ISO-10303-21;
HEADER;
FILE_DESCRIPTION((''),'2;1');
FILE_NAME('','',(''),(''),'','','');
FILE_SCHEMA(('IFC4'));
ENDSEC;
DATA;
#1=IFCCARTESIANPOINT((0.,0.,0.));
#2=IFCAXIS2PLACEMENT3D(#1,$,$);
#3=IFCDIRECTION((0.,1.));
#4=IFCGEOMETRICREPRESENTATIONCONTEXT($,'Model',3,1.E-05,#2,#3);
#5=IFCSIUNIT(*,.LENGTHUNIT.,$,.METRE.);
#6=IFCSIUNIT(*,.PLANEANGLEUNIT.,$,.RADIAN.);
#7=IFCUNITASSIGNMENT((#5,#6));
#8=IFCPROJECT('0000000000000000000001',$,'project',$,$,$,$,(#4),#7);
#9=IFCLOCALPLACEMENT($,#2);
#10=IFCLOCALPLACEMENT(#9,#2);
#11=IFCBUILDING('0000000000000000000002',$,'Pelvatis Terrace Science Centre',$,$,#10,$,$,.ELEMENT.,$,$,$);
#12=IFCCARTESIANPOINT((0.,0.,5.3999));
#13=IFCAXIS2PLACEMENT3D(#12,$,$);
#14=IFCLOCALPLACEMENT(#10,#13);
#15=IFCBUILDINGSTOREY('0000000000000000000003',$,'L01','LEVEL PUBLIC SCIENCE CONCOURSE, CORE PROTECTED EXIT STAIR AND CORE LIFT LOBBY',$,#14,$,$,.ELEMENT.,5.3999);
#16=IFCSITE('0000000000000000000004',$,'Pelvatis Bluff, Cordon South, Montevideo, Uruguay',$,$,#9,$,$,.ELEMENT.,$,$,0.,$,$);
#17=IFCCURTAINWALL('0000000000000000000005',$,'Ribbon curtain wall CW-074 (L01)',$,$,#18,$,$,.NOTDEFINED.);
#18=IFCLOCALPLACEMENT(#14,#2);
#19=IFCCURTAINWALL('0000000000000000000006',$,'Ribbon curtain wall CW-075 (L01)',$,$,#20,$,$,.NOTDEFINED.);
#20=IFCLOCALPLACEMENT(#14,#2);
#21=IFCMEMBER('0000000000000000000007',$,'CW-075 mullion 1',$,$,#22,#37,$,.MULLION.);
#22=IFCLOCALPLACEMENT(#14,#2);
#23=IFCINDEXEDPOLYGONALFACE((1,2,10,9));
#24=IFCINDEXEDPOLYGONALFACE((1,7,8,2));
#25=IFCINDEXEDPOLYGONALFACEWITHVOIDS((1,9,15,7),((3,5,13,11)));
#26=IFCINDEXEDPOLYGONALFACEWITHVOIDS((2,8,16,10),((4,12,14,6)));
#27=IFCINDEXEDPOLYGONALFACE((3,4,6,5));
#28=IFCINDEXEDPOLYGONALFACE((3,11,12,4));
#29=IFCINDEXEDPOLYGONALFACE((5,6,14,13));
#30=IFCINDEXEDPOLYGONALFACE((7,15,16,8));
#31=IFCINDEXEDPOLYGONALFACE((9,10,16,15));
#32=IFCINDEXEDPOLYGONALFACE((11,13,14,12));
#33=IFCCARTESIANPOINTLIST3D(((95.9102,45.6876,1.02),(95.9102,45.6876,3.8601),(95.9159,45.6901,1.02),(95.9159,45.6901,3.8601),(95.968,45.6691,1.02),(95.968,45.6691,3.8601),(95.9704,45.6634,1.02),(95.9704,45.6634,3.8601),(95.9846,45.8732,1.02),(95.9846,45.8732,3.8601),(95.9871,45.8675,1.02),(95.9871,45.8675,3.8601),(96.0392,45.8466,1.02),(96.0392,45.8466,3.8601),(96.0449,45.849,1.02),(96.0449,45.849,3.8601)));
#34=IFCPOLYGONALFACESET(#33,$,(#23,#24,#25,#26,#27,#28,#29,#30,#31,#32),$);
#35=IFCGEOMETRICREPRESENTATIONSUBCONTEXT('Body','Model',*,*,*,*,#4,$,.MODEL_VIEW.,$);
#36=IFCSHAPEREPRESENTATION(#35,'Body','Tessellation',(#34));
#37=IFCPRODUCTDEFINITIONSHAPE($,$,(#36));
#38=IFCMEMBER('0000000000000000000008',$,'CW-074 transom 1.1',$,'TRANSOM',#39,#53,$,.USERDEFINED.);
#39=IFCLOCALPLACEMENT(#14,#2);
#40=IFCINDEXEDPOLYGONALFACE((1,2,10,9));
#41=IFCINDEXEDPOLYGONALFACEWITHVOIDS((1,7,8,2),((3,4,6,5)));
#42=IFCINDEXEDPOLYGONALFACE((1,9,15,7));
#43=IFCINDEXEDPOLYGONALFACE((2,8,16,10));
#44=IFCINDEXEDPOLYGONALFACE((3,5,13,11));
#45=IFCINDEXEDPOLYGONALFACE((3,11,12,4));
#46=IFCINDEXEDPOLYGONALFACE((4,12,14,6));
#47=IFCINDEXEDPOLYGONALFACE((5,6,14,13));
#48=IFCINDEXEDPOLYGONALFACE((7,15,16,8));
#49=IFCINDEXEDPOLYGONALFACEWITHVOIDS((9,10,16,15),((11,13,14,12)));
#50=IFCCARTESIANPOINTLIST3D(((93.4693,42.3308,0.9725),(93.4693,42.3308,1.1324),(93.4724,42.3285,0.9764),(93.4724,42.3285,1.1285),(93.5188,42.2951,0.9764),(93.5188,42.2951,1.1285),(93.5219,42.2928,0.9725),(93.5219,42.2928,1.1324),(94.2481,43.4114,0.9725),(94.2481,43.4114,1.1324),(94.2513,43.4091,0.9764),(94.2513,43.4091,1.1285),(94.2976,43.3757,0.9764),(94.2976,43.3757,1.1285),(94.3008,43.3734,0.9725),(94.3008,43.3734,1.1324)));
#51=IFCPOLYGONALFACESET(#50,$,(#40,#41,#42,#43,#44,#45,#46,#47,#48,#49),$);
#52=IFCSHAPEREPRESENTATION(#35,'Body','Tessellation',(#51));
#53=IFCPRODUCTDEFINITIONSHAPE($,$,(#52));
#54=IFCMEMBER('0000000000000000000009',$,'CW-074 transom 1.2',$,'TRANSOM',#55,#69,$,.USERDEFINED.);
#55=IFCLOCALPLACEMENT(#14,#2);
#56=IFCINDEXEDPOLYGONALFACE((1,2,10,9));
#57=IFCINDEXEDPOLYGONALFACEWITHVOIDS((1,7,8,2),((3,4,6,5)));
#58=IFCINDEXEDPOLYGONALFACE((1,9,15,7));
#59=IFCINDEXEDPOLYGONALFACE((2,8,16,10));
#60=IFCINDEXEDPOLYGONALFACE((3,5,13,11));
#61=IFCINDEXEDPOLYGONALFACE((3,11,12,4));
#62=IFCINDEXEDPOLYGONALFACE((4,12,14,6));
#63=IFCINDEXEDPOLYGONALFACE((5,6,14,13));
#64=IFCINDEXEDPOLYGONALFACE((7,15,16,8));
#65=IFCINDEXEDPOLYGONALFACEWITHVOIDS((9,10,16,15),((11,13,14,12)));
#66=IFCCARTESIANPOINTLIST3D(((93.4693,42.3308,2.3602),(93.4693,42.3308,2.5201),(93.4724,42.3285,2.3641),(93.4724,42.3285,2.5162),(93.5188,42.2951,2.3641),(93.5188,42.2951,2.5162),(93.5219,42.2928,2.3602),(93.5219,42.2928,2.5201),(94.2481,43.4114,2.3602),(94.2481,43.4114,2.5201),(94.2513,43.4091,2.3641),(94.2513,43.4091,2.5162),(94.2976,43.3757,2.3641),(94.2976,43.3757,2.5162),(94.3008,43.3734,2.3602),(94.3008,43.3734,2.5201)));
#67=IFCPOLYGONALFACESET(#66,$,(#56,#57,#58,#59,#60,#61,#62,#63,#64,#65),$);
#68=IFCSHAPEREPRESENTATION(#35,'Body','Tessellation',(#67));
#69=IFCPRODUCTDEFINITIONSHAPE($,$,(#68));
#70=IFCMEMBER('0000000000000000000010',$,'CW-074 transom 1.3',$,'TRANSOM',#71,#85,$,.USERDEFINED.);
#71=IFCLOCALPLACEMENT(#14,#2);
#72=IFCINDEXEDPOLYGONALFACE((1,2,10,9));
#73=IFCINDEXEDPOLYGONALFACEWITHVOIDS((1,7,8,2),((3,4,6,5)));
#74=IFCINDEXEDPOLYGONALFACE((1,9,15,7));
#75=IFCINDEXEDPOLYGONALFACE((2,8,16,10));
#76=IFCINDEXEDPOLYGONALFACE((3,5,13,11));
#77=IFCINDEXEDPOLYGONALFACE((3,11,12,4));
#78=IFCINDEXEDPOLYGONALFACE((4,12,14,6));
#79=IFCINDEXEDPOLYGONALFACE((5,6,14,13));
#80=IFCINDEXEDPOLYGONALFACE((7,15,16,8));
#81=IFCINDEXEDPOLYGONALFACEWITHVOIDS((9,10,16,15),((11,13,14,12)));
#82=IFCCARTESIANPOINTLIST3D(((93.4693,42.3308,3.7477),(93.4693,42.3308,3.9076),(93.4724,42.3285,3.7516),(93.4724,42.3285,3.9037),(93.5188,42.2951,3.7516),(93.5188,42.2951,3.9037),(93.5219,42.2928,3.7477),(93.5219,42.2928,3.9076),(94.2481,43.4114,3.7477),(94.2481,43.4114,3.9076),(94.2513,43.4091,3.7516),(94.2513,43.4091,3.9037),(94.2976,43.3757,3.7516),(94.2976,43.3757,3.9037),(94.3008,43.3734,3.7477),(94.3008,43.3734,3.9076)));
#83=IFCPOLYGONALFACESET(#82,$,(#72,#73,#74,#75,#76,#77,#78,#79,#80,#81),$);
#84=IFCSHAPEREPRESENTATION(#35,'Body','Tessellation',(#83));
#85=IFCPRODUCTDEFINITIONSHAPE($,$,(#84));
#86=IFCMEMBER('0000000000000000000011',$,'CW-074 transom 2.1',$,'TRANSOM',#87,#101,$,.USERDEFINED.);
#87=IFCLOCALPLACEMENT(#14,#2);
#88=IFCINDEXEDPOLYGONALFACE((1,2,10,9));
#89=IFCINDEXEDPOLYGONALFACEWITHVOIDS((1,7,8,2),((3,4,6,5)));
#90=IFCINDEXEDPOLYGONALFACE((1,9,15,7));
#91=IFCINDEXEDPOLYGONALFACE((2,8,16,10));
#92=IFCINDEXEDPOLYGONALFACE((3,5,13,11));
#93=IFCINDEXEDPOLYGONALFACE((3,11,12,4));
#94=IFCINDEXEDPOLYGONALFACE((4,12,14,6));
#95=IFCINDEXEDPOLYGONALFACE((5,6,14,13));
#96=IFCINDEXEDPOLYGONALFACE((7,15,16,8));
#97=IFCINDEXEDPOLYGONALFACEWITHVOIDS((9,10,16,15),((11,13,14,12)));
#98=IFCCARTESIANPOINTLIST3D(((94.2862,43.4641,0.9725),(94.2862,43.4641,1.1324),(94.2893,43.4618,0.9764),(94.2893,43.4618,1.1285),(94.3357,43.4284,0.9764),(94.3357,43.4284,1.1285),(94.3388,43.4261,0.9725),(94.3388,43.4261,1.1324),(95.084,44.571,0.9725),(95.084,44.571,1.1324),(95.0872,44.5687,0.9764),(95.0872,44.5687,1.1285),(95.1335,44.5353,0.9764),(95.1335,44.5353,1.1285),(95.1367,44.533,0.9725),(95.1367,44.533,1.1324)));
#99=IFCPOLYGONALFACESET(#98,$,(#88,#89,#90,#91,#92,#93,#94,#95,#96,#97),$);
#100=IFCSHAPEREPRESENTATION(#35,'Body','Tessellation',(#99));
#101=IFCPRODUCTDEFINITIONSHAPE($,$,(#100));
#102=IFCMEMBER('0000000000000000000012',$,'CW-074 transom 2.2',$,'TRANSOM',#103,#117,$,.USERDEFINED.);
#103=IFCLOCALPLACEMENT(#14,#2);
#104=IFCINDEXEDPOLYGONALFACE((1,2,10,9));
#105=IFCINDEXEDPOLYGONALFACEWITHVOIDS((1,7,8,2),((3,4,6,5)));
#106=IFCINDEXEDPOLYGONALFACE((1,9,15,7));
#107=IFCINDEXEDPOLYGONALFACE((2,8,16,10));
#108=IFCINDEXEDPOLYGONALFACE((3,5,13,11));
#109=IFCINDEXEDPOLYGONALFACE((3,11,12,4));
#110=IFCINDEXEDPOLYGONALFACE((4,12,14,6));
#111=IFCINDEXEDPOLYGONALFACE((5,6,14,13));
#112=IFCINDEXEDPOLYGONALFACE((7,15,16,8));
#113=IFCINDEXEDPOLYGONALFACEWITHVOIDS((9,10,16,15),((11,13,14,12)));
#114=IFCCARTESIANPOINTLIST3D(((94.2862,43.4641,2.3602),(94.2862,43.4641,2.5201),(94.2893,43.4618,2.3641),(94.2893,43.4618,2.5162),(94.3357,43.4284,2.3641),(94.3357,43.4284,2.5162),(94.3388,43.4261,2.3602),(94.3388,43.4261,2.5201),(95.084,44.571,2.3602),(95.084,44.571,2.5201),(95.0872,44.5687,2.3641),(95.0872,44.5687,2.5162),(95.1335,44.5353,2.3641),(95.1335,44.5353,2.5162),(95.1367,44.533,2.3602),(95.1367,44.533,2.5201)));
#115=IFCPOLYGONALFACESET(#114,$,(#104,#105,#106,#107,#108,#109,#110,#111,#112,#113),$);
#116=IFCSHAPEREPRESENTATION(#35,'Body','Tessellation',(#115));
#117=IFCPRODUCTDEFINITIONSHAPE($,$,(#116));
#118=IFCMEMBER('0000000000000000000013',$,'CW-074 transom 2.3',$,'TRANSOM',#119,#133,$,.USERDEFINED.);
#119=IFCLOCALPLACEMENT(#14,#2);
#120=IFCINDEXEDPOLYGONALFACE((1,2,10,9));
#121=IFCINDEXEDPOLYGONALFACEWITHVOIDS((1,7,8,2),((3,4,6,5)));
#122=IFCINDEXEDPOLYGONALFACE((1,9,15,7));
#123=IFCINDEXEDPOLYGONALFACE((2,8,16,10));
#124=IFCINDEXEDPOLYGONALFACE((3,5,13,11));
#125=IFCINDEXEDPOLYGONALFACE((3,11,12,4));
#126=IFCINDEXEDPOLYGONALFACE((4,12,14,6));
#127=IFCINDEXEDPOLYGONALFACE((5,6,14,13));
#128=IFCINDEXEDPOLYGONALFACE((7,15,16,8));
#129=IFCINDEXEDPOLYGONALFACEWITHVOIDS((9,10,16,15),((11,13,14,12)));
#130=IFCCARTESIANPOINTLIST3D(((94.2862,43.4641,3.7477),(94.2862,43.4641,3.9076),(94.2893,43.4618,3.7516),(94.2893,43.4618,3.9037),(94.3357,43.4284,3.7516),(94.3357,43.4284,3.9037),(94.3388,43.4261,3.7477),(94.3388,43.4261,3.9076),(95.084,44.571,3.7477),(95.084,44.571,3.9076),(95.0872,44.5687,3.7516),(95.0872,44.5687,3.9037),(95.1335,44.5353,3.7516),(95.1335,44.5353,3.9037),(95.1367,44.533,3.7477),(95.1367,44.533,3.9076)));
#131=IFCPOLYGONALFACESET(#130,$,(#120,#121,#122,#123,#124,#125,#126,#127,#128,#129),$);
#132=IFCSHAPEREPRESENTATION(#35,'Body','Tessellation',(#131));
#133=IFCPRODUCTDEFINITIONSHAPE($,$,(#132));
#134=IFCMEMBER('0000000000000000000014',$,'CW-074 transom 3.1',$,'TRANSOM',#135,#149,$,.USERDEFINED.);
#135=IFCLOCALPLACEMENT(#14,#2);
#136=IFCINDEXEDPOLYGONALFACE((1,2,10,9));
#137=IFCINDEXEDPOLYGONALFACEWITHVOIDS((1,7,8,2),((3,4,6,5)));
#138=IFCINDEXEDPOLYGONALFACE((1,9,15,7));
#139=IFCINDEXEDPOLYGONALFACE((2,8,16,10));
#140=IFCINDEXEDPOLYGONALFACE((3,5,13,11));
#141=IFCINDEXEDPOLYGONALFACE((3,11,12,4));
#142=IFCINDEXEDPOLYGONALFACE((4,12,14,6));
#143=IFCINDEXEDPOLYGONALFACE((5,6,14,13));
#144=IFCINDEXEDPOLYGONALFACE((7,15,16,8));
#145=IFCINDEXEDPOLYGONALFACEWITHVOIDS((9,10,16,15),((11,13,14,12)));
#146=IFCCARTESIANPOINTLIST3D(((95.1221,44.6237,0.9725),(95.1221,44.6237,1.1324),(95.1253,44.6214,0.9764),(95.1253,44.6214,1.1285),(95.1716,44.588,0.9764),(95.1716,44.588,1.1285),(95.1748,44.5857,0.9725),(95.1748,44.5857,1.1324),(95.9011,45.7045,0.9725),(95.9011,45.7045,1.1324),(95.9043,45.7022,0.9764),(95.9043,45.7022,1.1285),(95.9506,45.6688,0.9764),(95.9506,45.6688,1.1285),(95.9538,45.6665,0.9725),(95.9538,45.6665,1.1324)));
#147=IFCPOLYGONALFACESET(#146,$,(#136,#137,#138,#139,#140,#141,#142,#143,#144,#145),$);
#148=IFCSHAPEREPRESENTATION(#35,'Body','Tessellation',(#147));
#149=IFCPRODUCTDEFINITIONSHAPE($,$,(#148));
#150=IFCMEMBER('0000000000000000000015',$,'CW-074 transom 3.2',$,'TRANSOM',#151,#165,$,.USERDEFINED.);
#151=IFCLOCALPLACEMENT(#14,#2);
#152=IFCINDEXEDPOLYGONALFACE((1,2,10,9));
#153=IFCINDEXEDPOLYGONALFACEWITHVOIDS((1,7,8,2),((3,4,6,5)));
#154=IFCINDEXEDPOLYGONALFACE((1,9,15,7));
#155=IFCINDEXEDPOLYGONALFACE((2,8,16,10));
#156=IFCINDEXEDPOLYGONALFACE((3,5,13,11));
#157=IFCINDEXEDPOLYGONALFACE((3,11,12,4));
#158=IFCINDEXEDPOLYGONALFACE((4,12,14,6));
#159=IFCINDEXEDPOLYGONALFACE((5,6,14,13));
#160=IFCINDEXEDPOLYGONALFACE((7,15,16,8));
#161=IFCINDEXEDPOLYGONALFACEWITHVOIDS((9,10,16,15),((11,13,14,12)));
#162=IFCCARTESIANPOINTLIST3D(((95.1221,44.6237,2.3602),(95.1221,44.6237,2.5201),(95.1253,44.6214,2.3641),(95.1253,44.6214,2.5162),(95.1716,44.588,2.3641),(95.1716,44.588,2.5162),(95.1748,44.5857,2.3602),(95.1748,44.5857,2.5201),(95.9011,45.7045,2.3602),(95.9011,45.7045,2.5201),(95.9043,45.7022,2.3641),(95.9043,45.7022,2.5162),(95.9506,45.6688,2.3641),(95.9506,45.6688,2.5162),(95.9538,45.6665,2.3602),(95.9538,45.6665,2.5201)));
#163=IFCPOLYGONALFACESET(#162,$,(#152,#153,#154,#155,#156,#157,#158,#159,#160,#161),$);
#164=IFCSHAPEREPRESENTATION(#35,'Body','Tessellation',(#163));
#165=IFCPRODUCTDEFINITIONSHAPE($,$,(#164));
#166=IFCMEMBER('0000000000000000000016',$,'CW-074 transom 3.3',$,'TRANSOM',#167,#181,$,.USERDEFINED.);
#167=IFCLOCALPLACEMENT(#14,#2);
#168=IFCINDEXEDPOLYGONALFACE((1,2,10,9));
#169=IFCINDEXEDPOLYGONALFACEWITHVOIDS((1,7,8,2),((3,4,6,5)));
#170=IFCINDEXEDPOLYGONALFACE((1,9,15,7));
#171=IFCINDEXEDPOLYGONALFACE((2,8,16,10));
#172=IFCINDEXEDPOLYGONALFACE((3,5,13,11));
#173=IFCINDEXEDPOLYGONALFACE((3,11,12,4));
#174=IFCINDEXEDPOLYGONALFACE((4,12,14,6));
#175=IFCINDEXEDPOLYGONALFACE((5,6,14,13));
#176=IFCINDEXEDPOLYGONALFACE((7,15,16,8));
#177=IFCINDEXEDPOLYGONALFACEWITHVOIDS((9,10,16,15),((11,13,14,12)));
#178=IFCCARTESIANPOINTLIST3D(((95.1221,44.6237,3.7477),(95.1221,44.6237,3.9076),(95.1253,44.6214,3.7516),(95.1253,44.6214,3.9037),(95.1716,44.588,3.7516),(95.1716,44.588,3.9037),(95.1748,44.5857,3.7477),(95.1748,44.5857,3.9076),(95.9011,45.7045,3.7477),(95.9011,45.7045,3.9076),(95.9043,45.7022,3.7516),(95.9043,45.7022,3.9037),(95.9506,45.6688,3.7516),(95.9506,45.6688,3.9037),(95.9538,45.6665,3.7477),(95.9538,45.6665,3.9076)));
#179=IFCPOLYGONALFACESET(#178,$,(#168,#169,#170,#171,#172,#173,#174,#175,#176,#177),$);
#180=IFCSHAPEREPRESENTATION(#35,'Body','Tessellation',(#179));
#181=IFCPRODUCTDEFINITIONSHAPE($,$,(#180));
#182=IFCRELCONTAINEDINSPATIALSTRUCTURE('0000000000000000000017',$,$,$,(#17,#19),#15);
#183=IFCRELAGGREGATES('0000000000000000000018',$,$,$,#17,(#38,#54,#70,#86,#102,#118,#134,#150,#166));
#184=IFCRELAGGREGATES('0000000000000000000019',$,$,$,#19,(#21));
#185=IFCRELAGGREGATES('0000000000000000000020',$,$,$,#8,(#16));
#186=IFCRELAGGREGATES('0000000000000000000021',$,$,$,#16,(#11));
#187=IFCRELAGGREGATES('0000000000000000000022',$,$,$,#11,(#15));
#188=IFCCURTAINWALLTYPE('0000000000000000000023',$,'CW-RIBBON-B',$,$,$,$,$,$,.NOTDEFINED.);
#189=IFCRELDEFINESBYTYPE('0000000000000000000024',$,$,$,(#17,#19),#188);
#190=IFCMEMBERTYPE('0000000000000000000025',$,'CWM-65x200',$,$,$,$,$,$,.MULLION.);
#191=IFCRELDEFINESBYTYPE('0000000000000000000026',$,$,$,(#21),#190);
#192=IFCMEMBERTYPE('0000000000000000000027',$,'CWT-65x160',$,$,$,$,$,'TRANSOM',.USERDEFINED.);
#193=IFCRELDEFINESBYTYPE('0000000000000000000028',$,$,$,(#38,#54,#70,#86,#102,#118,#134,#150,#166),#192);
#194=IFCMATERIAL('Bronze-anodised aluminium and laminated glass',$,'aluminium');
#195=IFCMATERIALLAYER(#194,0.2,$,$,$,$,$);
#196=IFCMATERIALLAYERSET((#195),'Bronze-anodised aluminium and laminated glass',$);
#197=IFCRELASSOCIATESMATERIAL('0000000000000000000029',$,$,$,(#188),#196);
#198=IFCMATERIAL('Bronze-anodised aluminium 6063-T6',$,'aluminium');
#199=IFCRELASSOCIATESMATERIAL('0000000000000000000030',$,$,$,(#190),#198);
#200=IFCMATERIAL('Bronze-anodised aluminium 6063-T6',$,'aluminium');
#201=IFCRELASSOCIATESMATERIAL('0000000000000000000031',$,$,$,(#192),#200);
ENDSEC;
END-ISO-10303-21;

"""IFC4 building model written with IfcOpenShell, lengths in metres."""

from ifc_helpers import new_model, si_unit, direction, frame, origin, origin_2d, place, context, subcontext, project, spatial, hollow_rectangle, extrude, material, layer, layer_set, material_profile, profile_set, type_object, element, aggregate, save


model = new_model("IFC4")

# Units and contexts
model_context = context("Model", 3, precision=1e-05, world=origin(), true_north=direction((0.0, 1.0)))
body_context = subcontext(model_context, "Body", "Model", "MODEL_VIEW")
ifc_project = project(units=[si_unit("LENGTHUNIT", "METRE"), si_unit("PLANEANGLEUNIT", "RADIAN")], contexts=[model_context])

# Site, building, storey
site_placement = place(None, origin())
site = spatial("IfcSite", under=ifc_project, at=site_placement, Name="Pelvatis Bluff, Cordon South, Montevideo, Uruguay", CompositionType="ELEMENT", RefElevation=0.0)
building_placement = place(site_placement, origin())
building = spatial("IfcBuilding", under=site, at=building_placement, Name="Pelvatis Terrace Science Centre", CompositionType="ELEMENT")
storey_placement = place(building_placement, frame((0.0, 0.0, 5.3999)))
storey = spatial("IfcBuildingStorey", under=building, at=storey_placement, Name="L01", Description="LEVEL PUBLIC SCIENCE CONCOURSE, CORE PROTECTED EXIT STAIR AND CORE LIFT LOBBY", CompositionType="ELEMENT", Elevation=5.3999)

# Shared definitions
ifc_material_1 = material(Name="Bronze-anodised aluminium and laminated glass", Category="aluminium")
ifc_layer_1 = layer(ifc_material_1, 0.2)
ifc_layer_set_1 = layer_set([ifc_layer_1], Name="Bronze-anodised aluminium and laminated glass")
curtain_wall_type = type_object("IfcCurtainWallType", Name="CW-RIBBON-B", PredefinedType="NOTDEFINED", material=ifc_layer_set_1)
ifc_material_2 = material(Name="Bronze-anodised aluminium 6063-T6", Category="aluminium")
ifc_material_profile_1 = material_profile(ifc_material_2, hollow_rectangle(XDim=0.0649, YDim=0.2, WallThickness=0.0044, at=origin_2d()), Name="ALU-MUL 65x200")
ifc_profile_set_1 = profile_set([ifc_material_profile_1], Name="Bronze-anodised aluminium 6063-T6")
member_type_1 = type_object("IfcMemberType", Name="CWM-65x200", PredefinedType="MULLION", material=ifc_profile_set_1)

# Curtain wall
curtain_wall_1_placement = place(storey_placement, origin())
curtain_wall_1 = element("IfcCurtainWall", 1, at=curtain_wall_1_placement, inside=storey, type_object=curtain_wall_type, Name="Ribbon curtain wall CW-074 (L01)", PredefinedType="NOTDEFINED")

# Curtain wall, member
curtain_wall_2_placement = place(storey_placement, origin())
curtain_wall_2 = element("IfcCurtainWall", 2, at=curtain_wall_2_placement, inside=storey, type_object=curtain_wall_type, Name="Ribbon curtain wall CW-075 (L01)", PredefinedType="NOTDEFINED")
member_1_placement = place(storey_placement, frame((95.9775, 45.7683, 1.02), z_axis=(0.0, 0.0, 1.0), x_axis=(-0.92803, 0.372504, 0.0)))
member_1 = element("IfcMember", 3, at=member_1_placement, type_object=member_type_1, Name="CW-075 mullion 1", PredefinedType="MULLION", context=body_context, shape_type="SweptSolid", body=[
    extrude(hollow_rectangle(XDim=0.0649, YDim=0.2, WallThickness=0.0044, at=origin_2d()), origin(), (0.0, 0.0, 1.0), 2.8401),
])

# Members
ifc_material_3 = material(Name="Bronze-anodised aluminium 6063-T6", Category="aluminium")
ifc_material_profile_2 = material_profile(ifc_material_3, hollow_rectangle(XDim=0.0649, YDim=0.1599, WallThickness=0.0039, at=origin_2d()), Name="ALU-TRN 65x160")
ifc_profile_set_2 = profile_set([ifc_material_profile_2], Name="Bronze-anodised aluminium 6063-T6")
member_type_2 = type_object("IfcMemberType", Name="CWT-65x160", ElementType="TRANSOM", PredefinedType="USERDEFINED", material=ifc_profile_set_2)
member_2_placement = place(storey_placement, frame((93.4956, 42.3118, 1.0525), z_axis=(0.584701, 0.811249, 0.0), x_axis=(-0.811249, 0.584701, 0.0)))
member_2 = element("IfcMember", 4, at=member_2_placement, type_object=member_type_2, Name="CW-074 transom 1.1", ObjectType="TRANSOM", PredefinedType="USERDEFINED", context=body_context, shape_type="SweptSolid", body=[
    extrude(hollow_rectangle(XDim=0.0649, YDim=0.1599, WallThickness=0.0039, at=origin_2d()), origin(), (0.0, 0.0, 1.0), 1.332),
])
member_3_placement = place(storey_placement, frame((93.4956, 42.3118, 2.4402), z_axis=(0.584701, 0.811249, 0.0), x_axis=(-0.811249, 0.584701, 0.0)))
member_3 = element("IfcMember", 5, at=member_3_placement, type_object=member_type_2, Name="CW-074 transom 1.2", ObjectType="TRANSOM", PredefinedType="USERDEFINED", context=body_context, shape_type="SweptSolid", body=[
    extrude(hollow_rectangle(XDim=0.0649, YDim=0.1599, WallThickness=0.0039, at=origin_2d()), origin(), (0.0, 0.0, 1.0), 1.332),
])
member_4_placement = place(storey_placement, frame((93.4956, 42.3118, 3.8276), z_axis=(0.584701, 0.811249, 0.0), x_axis=(-0.811249, 0.584701, 0.0)))
member_4 = element("IfcMember", 6, at=member_4_placement, type_object=member_type_2, Name="CW-074 transom 1.3", ObjectType="TRANSOM", PredefinedType="USERDEFINED", context=body_context, shape_type="SweptSolid", body=[
    extrude(hollow_rectangle(XDim=0.0649, YDim=0.1599, WallThickness=0.0039, at=origin_2d()), origin(), (0.0, 0.0, 1.0), 1.332),
])
member_5_placement = place(storey_placement, frame((94.3125, 43.4451, 1.0525), z_axis=(0.584719, 0.811236, 0.0), x_axis=(-0.811236, 0.584719, 0.0)))
member_5 = element("IfcMember", 7, at=member_5_placement, type_object=member_type_2, Name="CW-074 transom 2.1", ObjectType="TRANSOM", PredefinedType="USERDEFINED", context=body_context, shape_type="SweptSolid", body=[
    extrude(hollow_rectangle(XDim=0.0649, YDim=0.1599, WallThickness=0.0039, at=origin_2d()), origin(), (0.0, 0.0, 1.0), 1.3645),
])
member_6_placement = place(storey_placement, frame((94.3125, 43.4451, 2.4402), z_axis=(0.584719, 0.811236, 0.0), x_axis=(-0.811236, 0.584719, 0.0)))
member_6 = element("IfcMember", 8, at=member_6_placement, type_object=member_type_2, Name="CW-074 transom 2.2", ObjectType="TRANSOM", PredefinedType="USERDEFINED", context=body_context, shape_type="SweptSolid", body=[
    extrude(hollow_rectangle(XDim=0.0649, YDim=0.1599, WallThickness=0.0039, at=origin_2d()), origin(), (0.0, 0.0, 1.0), 1.3645),
])
member_7_placement = place(storey_placement, frame((94.3125, 43.4451, 3.8276), z_axis=(0.584719, 0.811236, 0.0), x_axis=(-0.811236, 0.584719, 0.0)))
member_7 = element("IfcMember", 9, at=member_7_placement, type_object=member_type_2, Name="CW-074 transom 2.3", ObjectType="TRANSOM", PredefinedType="USERDEFINED", context=body_context, shape_type="SweptSolid", body=[
    extrude(hollow_rectangle(XDim=0.0649, YDim=0.1599, WallThickness=0.0039, at=origin_2d()), origin(), (0.0, 0.0, 1.0), 1.3645),
])
member_8_placement = place(storey_placement, frame((95.1484, 44.6047, 1.0525), z_axis=(0.584734, 0.811225, 0.0), x_axis=(-0.811225, 0.584734, 0.0)))
member_8 = element("IfcMember", 10, at=member_8_placement, type_object=member_type_2, Name="CW-074 transom 3.1", ObjectType="TRANSOM", PredefinedType="USERDEFINED", context=body_context, shape_type="SweptSolid", body=[
    extrude(hollow_rectangle(XDim=0.0649, YDim=0.1599, WallThickness=0.0039, at=origin_2d()), origin(), (0.0, 0.0, 1.0), 1.3323),
])
member_9_placement = place(storey_placement, frame((95.1484, 44.6047, 2.4402), z_axis=(0.584734, 0.811225, 0.0), x_axis=(-0.811225, 0.584734, 0.0)))
member_9 = element("IfcMember", 11, at=member_9_placement, type_object=member_type_2, Name="CW-074 transom 3.2", ObjectType="TRANSOM", PredefinedType="USERDEFINED", context=body_context, shape_type="SweptSolid", body=[
    extrude(hollow_rectangle(XDim=0.0649, YDim=0.1599, WallThickness=0.0039, at=origin_2d()), origin(), (0.0, 0.0, 1.0), 1.3323),
])
member_10_placement = place(storey_placement, frame((95.1484, 44.6047, 3.8276), z_axis=(0.584734, 0.811225, 0.0), x_axis=(-0.811225, 0.584734, 0.0)))
member_10 = element("IfcMember", 12, at=member_10_placement, type_object=member_type_2, Name="CW-074 transom 3.3", ObjectType="TRANSOM", PredefinedType="USERDEFINED", context=body_context, shape_type="SweptSolid", body=[
    extrude(hollow_rectangle(XDim=0.0649, YDim=0.1599, WallThickness=0.0039, at=origin_2d()), origin(), (0.0, 0.0, 1.0), 1.3323),
])

aggregate(curtain_wall_1, [member_2, member_3, member_4, member_5, member_6, member_7, member_8, member_9, member_10])
aggregate(curtain_wall_2, [member_1])

save(model, "model.ifc")
